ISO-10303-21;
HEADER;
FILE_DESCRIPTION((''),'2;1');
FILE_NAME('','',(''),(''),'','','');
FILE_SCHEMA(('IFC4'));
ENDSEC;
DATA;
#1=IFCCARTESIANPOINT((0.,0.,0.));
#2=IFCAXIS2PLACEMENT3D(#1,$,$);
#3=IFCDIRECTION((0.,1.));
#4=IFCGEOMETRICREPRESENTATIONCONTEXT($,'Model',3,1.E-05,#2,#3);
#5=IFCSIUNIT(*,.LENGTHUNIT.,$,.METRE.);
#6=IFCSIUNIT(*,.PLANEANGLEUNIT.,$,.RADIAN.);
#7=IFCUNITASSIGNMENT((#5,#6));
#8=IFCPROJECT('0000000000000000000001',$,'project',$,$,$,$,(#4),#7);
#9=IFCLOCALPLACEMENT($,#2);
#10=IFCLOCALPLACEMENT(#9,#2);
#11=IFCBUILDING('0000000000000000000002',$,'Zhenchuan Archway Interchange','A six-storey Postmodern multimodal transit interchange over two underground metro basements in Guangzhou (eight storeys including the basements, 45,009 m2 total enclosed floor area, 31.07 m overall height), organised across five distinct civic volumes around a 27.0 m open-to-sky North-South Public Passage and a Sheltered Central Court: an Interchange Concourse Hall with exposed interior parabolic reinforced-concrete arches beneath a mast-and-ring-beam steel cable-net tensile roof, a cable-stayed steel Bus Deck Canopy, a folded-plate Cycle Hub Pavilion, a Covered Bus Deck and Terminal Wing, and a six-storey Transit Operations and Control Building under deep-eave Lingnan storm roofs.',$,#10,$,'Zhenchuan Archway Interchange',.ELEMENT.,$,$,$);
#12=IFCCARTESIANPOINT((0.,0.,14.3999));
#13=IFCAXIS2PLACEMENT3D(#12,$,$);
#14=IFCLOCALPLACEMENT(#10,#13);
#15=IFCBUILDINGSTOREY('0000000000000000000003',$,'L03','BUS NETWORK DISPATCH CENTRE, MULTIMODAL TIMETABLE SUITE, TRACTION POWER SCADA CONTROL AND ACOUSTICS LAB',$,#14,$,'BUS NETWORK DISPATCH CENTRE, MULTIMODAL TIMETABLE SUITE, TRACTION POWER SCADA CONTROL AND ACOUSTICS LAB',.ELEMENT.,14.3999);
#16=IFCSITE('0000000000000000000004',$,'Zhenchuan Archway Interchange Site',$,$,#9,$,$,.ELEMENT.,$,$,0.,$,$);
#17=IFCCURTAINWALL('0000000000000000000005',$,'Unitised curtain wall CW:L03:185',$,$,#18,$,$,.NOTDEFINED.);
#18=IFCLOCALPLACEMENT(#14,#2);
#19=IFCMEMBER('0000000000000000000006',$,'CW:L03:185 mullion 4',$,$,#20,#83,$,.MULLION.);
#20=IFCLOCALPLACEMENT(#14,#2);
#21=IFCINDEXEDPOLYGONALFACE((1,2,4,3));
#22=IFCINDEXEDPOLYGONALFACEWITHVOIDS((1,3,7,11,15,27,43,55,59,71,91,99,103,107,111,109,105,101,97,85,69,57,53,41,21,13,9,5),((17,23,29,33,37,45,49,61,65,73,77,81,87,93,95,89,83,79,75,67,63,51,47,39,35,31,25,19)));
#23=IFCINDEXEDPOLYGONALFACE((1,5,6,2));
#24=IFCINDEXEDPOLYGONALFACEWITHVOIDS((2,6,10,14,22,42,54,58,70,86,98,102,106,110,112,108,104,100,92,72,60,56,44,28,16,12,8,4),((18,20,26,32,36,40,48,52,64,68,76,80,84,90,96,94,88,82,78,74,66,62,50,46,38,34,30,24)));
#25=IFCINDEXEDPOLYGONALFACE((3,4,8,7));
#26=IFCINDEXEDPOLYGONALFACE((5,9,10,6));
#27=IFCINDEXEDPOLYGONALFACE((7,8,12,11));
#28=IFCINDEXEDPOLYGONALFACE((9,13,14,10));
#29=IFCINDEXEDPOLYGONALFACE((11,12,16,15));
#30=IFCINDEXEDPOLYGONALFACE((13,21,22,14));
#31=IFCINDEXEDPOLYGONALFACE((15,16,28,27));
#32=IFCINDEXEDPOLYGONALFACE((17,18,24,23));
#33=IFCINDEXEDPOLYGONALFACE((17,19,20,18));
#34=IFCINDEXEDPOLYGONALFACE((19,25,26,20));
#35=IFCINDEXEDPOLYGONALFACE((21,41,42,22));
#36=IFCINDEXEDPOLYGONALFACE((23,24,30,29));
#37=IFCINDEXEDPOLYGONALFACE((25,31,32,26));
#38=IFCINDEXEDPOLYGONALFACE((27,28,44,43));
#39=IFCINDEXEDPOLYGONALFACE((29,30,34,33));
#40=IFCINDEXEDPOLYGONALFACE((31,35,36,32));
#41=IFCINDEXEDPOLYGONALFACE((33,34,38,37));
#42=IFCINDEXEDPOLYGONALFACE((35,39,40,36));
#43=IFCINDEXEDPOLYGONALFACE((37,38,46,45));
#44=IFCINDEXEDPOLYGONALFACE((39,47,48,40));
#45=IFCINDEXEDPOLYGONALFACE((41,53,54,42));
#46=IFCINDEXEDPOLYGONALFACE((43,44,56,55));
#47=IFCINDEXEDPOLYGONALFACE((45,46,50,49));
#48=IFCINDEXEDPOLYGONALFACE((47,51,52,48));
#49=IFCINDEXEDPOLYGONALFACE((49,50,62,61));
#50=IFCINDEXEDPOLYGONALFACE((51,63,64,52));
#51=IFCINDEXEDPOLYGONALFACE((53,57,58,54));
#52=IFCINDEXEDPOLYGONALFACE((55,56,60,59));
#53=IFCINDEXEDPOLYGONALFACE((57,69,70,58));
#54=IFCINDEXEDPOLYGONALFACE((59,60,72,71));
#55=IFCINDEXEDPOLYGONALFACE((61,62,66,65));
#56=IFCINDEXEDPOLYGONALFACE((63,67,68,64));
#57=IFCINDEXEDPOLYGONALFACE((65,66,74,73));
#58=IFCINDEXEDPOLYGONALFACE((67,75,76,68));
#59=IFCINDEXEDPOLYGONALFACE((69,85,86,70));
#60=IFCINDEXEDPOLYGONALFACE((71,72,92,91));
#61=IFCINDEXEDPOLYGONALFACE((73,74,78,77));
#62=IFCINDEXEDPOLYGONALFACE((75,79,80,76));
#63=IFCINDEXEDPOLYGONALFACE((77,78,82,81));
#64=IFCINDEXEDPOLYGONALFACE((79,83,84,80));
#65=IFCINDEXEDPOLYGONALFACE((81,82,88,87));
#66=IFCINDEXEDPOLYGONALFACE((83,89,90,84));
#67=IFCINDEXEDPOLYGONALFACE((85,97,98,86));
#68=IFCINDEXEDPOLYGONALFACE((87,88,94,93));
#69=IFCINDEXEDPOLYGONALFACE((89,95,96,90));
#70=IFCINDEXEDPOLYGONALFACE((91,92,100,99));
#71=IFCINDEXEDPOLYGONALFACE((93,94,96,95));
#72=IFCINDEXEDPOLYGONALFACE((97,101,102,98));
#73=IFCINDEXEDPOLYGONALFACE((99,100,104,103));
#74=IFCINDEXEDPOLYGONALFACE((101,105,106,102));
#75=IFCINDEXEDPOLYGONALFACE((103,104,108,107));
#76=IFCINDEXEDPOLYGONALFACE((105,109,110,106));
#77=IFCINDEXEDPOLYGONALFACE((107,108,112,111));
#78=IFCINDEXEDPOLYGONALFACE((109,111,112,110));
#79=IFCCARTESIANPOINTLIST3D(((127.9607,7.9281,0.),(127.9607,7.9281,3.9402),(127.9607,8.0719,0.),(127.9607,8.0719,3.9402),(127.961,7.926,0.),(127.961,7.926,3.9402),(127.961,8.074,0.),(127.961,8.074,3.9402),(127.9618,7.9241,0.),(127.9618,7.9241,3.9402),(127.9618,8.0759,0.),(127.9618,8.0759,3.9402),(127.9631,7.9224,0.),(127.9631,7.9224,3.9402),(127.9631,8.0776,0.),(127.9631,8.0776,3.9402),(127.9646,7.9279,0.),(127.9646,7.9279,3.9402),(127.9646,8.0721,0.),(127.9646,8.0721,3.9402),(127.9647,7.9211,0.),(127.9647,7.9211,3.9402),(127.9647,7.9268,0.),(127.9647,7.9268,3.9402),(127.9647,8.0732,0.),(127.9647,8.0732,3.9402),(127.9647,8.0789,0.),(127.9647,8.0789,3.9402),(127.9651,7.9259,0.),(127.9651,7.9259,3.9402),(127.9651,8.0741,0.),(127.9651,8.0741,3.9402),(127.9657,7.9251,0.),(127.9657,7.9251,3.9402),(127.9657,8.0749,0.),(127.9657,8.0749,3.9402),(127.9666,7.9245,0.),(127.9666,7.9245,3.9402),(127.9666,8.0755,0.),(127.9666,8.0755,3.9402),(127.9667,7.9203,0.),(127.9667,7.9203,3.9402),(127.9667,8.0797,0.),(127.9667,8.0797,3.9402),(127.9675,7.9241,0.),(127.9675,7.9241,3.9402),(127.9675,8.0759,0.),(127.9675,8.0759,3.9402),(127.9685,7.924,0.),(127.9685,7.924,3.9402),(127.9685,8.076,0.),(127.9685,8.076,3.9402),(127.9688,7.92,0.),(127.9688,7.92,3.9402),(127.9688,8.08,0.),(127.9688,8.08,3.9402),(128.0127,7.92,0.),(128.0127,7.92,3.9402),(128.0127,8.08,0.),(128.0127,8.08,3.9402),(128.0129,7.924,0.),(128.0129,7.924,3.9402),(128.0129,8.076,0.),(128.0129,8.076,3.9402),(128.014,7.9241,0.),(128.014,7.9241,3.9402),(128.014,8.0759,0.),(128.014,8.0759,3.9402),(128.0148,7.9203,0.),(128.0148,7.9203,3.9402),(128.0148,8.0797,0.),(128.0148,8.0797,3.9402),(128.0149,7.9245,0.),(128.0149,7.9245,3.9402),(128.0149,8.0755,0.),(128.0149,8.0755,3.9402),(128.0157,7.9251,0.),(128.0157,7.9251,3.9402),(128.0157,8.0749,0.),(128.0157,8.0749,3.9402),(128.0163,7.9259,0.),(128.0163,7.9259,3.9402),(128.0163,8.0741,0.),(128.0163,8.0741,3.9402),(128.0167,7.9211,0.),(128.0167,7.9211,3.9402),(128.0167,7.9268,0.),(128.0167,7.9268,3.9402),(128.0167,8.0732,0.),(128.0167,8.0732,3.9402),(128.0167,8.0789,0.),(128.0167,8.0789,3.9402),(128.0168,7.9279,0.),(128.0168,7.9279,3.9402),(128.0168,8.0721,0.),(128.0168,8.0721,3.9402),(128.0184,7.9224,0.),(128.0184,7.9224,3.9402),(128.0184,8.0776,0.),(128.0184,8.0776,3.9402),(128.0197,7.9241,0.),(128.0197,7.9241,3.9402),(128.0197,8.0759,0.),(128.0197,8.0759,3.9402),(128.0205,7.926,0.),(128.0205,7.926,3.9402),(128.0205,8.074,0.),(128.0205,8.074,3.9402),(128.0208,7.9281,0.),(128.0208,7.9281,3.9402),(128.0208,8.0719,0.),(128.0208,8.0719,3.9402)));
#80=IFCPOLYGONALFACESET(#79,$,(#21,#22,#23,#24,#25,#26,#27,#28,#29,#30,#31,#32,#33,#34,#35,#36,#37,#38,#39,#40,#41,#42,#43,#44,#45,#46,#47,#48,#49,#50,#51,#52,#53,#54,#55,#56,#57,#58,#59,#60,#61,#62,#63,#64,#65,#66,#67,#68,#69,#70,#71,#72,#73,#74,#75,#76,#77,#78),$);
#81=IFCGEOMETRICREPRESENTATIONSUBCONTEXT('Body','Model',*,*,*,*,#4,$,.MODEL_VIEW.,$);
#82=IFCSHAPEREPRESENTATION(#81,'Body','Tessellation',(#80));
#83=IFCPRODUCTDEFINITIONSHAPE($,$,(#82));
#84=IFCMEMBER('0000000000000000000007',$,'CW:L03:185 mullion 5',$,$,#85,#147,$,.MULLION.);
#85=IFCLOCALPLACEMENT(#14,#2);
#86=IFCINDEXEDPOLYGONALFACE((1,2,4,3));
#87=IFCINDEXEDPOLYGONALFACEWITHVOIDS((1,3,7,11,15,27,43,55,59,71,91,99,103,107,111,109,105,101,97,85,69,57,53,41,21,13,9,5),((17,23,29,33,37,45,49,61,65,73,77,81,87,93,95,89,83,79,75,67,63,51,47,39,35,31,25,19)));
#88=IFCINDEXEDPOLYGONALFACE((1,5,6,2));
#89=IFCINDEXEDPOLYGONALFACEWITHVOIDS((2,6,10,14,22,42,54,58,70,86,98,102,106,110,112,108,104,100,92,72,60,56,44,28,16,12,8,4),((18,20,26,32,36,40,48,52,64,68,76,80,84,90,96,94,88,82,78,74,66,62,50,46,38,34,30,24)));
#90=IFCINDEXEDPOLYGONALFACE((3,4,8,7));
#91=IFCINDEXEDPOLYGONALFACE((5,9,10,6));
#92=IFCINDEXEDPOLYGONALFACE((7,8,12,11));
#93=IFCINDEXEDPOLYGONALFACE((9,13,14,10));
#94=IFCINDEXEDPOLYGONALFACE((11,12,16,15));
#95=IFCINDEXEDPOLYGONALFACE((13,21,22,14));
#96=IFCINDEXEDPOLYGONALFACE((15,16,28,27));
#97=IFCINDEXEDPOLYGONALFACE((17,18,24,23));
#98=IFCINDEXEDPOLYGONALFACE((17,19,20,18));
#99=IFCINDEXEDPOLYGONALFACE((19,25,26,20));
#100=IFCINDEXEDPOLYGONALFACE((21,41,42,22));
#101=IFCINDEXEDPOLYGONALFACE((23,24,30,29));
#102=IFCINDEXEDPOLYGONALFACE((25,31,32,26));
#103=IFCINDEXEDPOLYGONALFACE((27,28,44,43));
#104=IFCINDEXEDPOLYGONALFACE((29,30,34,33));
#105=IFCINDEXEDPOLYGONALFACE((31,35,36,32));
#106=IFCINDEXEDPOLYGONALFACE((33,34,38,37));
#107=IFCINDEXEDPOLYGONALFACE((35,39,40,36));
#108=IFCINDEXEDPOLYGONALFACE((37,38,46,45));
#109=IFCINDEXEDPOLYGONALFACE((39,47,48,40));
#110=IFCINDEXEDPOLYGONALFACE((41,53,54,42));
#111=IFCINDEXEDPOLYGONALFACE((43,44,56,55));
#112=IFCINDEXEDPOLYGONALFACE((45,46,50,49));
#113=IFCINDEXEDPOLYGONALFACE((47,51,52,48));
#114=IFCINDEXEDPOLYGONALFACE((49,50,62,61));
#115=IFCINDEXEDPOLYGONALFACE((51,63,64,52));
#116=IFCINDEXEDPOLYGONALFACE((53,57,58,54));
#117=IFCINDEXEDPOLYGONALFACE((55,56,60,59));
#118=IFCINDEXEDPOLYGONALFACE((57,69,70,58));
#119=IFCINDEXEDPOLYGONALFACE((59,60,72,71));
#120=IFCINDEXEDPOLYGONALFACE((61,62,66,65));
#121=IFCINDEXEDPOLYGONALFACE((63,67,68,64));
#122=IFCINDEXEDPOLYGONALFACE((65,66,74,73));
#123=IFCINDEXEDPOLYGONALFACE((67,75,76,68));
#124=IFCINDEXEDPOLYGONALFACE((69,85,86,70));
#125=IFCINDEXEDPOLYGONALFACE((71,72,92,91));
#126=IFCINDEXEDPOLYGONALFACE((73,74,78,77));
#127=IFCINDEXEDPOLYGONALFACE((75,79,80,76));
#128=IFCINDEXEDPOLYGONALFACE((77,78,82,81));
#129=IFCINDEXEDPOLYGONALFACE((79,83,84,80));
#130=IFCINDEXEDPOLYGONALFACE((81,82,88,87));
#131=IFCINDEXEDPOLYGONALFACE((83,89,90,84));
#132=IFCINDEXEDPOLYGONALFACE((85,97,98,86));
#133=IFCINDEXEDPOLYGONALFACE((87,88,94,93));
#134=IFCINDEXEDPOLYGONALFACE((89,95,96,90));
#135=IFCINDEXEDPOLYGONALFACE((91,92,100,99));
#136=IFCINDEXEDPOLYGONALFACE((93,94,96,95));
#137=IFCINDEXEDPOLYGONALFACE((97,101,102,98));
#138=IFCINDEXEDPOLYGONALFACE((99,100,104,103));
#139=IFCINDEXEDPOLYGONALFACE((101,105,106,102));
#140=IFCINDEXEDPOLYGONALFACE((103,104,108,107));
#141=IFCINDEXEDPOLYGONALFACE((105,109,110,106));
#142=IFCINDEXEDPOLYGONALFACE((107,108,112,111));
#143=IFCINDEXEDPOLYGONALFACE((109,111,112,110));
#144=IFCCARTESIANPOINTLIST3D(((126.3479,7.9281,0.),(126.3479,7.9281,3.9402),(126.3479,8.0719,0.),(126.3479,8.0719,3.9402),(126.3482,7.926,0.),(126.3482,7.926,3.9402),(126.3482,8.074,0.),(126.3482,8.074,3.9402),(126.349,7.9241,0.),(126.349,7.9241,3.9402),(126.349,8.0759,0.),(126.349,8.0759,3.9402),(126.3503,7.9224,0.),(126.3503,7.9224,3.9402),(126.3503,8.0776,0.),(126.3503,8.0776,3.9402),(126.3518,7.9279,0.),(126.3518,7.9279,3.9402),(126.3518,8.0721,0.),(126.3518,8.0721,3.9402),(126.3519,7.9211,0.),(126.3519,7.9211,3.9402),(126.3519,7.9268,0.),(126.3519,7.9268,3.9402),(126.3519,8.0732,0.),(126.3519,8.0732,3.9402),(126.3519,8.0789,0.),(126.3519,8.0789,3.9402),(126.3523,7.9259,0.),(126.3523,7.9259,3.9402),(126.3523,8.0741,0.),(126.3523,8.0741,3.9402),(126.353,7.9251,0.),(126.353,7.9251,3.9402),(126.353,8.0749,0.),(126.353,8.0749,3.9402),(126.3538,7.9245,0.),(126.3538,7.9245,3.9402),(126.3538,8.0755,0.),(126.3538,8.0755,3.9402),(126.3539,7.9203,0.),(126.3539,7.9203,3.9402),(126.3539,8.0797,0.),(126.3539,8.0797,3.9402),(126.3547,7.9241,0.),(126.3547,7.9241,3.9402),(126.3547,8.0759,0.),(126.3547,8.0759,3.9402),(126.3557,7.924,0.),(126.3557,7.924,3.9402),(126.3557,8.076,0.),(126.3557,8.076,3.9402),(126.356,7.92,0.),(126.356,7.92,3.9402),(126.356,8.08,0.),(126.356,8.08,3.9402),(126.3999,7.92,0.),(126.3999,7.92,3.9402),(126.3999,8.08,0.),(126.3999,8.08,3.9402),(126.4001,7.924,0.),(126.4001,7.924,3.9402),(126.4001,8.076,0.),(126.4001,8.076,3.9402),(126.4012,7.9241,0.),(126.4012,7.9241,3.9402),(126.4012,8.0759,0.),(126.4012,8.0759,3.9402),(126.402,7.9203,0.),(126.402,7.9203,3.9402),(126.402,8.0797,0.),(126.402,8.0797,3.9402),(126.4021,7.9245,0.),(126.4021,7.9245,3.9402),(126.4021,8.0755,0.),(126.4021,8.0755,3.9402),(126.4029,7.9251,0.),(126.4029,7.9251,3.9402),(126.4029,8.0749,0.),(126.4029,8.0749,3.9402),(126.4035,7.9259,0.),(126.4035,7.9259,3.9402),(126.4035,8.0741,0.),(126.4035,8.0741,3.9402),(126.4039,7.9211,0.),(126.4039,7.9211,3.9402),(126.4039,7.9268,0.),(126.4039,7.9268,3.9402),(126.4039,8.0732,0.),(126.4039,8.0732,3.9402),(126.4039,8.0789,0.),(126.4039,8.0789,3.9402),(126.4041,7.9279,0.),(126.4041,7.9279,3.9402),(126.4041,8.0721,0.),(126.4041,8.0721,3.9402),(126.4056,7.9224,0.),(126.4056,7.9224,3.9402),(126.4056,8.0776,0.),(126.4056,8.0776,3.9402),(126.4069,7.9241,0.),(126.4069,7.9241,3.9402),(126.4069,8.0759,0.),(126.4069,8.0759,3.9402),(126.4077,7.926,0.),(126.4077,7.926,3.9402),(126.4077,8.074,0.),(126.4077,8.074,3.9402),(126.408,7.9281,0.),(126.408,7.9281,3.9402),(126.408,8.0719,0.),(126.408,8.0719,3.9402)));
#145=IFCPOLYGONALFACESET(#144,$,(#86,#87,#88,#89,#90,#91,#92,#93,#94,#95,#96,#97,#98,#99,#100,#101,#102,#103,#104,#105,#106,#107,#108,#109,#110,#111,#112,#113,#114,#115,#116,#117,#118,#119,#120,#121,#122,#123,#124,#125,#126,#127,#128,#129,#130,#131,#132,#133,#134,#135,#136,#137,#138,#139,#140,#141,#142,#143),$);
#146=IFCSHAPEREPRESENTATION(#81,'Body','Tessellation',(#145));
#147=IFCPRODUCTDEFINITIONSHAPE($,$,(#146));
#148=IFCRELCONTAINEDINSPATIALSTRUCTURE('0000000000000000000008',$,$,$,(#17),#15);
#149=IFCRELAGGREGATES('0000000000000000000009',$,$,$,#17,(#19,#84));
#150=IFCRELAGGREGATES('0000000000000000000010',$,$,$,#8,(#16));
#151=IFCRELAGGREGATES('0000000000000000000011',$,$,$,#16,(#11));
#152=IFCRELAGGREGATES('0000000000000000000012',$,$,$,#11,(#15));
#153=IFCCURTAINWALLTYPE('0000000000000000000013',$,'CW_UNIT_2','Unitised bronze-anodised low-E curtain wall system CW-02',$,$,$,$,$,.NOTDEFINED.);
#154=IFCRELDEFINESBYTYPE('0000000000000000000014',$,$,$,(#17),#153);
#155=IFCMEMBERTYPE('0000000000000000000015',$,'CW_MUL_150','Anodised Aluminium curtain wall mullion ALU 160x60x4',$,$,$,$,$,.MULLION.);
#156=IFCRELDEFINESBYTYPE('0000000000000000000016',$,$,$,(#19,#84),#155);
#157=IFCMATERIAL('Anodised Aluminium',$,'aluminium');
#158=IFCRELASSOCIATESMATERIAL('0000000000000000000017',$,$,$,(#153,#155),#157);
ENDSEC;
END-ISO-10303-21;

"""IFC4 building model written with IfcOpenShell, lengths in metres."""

from ifc_helpers import new_model, si_unit, direction, frame, origin, origin_2d, place, context, subcontext, project, spatial, hollow_rectangle, extrude, material, material_profile, profile_set, type_object, element, aggregate, save


model = new_model("IFC4")

# Units and contexts
model_context = context("Model", 3, precision=1e-05, world=origin(), true_north=direction((0.0, 1.0)))
body_context = subcontext(model_context, "Body", "Model", "MODEL_VIEW")
ifc_project = project(units=[si_unit("LENGTHUNIT", "METRE"), si_unit("PLANEANGLEUNIT", "RADIAN")], contexts=[model_context])

# Site, building, storey
site_placement = place(None, origin())
site = spatial("IfcSite", under=ifc_project, at=site_placement, Name="Zhenchuan Archway Interchange Site", CompositionType="ELEMENT", RefElevation=0.0)
building_placement = place(site_placement, origin())
building = spatial("IfcBuilding", under=site, at=building_placement, Name="Zhenchuan Archway Interchange", Description="A six-storey Postmodern multimodal transit interchange over two underground metro basements in Guangzhou (eight storeys including the basements, 45,009 m2 total enclosed floor area, 31.07 m overall height), organised across five distinct civic volumes around a 27.0 m open-to-sky North-South Public Passage and a Sheltered Central Court: an Interchange Concourse Hall with exposed interior parabolic reinforced-concrete arches beneath a mast-and-ring-beam steel cable-net tensile roof, a cable-stayed steel Bus Deck Canopy, a folded-plate Cycle Hub Pavilion, a Covered Bus Deck and Terminal Wing, and a six-storey Transit Operations and Control Building under deep-eave Lingnan storm roofs.", LongName="Zhenchuan Archway Interchange", CompositionType="ELEMENT")
storey_placement = place(building_placement, frame((0.0, 0.0, 14.3999)))
storey = spatial("IfcBuildingStorey", under=building, at=storey_placement, Name="L03", Description="BUS NETWORK DISPATCH CENTRE, MULTIMODAL TIMETABLE SUITE, TRACTION POWER SCADA CONTROL AND ACOUSTICS LAB", LongName="BUS NETWORK DISPATCH CENTRE, MULTIMODAL TIMETABLE SUITE, TRACTION POWER SCADA CONTROL AND ACOUSTICS LAB", CompositionType="ELEMENT", Elevation=14.3999)

# Curtain wall, members
ifc_material_1 = material(Name="Anodised Aluminium", Category="aluminium")
curtain_wall_type = type_object("IfcCurtainWallType", Name="CW_UNIT_2", Description="Unitised bronze-anodised low-E curtain wall system CW-02", PredefinedType="NOTDEFINED", material=ifc_material_1)
curtain_wall_placement = place(storey_placement, origin())
curtain_wall = element("IfcCurtainWall", 1, at=curtain_wall_placement, inside=storey, type_object=curtain_wall_type, Name="Unitised curtain wall CW:L03:185", PredefinedType="NOTDEFINED")
ifc_material_profile_1 = material_profile(ifc_material_1, hollow_rectangle(XDim=0.0601, YDim=0.1599, WallThickness=0.0039, InnerFilletRadius=0.0039, OuterFilletRadius=0.0081, at=origin_2d()), Name="ALU 160x60x4")
ifc_profile_set_1 = profile_set([ifc_material_profile_1], Name="Anodised Aluminium")
member_type_1 = type_object("IfcMemberType", Name="CW_MUL_150", Description="Anodised Aluminium curtain wall mullion ALU 160x60x4", PredefinedType="MULLION", material=ifc_profile_set_1)
member_1_placement = place(storey_placement, frame((127.9907, 8.0, 0.0), z_axis=(0.0, 0.0, 1.0), x_axis=(1.0, 0.0, 0.0)))
member_1 = element("IfcMember", 2, at=member_1_placement, type_object=member_type_1, Name="CW:L03:185 mullion 4", PredefinedType="MULLION", context=body_context, shape_type="SweptSolid", body=[
    extrude(hollow_rectangle(XDim=0.0601, YDim=0.1599, WallThickness=0.0039, InnerFilletRadius=0.0039, OuterFilletRadius=0.0081, at=origin_2d()), origin(), (0.0, 0.0, 1.0), 3.9402),
])
member_2_placement = place(storey_placement, frame((126.3779, 8.0, 0.0), z_axis=(0.0, 0.0, 1.0), x_axis=(1.0, 0.0, 0.0)))
member_2 = element("IfcMember", 3, at=member_2_placement, type_object=member_type_1, Name="CW:L03:185 mullion 5", PredefinedType="MULLION", context=body_context, shape_type="SweptSolid", body=[
    extrude(hollow_rectangle(XDim=0.0601, YDim=0.1599, WallThickness=0.0039, InnerFilletRadius=0.0039, OuterFilletRadius=0.0081, at=origin_2d()), origin(), (0.0, 0.0, 1.0), 3.9402),
])

aggregate(curtain_wall, [member_1, member_2])

save(model, "model.ifc")
